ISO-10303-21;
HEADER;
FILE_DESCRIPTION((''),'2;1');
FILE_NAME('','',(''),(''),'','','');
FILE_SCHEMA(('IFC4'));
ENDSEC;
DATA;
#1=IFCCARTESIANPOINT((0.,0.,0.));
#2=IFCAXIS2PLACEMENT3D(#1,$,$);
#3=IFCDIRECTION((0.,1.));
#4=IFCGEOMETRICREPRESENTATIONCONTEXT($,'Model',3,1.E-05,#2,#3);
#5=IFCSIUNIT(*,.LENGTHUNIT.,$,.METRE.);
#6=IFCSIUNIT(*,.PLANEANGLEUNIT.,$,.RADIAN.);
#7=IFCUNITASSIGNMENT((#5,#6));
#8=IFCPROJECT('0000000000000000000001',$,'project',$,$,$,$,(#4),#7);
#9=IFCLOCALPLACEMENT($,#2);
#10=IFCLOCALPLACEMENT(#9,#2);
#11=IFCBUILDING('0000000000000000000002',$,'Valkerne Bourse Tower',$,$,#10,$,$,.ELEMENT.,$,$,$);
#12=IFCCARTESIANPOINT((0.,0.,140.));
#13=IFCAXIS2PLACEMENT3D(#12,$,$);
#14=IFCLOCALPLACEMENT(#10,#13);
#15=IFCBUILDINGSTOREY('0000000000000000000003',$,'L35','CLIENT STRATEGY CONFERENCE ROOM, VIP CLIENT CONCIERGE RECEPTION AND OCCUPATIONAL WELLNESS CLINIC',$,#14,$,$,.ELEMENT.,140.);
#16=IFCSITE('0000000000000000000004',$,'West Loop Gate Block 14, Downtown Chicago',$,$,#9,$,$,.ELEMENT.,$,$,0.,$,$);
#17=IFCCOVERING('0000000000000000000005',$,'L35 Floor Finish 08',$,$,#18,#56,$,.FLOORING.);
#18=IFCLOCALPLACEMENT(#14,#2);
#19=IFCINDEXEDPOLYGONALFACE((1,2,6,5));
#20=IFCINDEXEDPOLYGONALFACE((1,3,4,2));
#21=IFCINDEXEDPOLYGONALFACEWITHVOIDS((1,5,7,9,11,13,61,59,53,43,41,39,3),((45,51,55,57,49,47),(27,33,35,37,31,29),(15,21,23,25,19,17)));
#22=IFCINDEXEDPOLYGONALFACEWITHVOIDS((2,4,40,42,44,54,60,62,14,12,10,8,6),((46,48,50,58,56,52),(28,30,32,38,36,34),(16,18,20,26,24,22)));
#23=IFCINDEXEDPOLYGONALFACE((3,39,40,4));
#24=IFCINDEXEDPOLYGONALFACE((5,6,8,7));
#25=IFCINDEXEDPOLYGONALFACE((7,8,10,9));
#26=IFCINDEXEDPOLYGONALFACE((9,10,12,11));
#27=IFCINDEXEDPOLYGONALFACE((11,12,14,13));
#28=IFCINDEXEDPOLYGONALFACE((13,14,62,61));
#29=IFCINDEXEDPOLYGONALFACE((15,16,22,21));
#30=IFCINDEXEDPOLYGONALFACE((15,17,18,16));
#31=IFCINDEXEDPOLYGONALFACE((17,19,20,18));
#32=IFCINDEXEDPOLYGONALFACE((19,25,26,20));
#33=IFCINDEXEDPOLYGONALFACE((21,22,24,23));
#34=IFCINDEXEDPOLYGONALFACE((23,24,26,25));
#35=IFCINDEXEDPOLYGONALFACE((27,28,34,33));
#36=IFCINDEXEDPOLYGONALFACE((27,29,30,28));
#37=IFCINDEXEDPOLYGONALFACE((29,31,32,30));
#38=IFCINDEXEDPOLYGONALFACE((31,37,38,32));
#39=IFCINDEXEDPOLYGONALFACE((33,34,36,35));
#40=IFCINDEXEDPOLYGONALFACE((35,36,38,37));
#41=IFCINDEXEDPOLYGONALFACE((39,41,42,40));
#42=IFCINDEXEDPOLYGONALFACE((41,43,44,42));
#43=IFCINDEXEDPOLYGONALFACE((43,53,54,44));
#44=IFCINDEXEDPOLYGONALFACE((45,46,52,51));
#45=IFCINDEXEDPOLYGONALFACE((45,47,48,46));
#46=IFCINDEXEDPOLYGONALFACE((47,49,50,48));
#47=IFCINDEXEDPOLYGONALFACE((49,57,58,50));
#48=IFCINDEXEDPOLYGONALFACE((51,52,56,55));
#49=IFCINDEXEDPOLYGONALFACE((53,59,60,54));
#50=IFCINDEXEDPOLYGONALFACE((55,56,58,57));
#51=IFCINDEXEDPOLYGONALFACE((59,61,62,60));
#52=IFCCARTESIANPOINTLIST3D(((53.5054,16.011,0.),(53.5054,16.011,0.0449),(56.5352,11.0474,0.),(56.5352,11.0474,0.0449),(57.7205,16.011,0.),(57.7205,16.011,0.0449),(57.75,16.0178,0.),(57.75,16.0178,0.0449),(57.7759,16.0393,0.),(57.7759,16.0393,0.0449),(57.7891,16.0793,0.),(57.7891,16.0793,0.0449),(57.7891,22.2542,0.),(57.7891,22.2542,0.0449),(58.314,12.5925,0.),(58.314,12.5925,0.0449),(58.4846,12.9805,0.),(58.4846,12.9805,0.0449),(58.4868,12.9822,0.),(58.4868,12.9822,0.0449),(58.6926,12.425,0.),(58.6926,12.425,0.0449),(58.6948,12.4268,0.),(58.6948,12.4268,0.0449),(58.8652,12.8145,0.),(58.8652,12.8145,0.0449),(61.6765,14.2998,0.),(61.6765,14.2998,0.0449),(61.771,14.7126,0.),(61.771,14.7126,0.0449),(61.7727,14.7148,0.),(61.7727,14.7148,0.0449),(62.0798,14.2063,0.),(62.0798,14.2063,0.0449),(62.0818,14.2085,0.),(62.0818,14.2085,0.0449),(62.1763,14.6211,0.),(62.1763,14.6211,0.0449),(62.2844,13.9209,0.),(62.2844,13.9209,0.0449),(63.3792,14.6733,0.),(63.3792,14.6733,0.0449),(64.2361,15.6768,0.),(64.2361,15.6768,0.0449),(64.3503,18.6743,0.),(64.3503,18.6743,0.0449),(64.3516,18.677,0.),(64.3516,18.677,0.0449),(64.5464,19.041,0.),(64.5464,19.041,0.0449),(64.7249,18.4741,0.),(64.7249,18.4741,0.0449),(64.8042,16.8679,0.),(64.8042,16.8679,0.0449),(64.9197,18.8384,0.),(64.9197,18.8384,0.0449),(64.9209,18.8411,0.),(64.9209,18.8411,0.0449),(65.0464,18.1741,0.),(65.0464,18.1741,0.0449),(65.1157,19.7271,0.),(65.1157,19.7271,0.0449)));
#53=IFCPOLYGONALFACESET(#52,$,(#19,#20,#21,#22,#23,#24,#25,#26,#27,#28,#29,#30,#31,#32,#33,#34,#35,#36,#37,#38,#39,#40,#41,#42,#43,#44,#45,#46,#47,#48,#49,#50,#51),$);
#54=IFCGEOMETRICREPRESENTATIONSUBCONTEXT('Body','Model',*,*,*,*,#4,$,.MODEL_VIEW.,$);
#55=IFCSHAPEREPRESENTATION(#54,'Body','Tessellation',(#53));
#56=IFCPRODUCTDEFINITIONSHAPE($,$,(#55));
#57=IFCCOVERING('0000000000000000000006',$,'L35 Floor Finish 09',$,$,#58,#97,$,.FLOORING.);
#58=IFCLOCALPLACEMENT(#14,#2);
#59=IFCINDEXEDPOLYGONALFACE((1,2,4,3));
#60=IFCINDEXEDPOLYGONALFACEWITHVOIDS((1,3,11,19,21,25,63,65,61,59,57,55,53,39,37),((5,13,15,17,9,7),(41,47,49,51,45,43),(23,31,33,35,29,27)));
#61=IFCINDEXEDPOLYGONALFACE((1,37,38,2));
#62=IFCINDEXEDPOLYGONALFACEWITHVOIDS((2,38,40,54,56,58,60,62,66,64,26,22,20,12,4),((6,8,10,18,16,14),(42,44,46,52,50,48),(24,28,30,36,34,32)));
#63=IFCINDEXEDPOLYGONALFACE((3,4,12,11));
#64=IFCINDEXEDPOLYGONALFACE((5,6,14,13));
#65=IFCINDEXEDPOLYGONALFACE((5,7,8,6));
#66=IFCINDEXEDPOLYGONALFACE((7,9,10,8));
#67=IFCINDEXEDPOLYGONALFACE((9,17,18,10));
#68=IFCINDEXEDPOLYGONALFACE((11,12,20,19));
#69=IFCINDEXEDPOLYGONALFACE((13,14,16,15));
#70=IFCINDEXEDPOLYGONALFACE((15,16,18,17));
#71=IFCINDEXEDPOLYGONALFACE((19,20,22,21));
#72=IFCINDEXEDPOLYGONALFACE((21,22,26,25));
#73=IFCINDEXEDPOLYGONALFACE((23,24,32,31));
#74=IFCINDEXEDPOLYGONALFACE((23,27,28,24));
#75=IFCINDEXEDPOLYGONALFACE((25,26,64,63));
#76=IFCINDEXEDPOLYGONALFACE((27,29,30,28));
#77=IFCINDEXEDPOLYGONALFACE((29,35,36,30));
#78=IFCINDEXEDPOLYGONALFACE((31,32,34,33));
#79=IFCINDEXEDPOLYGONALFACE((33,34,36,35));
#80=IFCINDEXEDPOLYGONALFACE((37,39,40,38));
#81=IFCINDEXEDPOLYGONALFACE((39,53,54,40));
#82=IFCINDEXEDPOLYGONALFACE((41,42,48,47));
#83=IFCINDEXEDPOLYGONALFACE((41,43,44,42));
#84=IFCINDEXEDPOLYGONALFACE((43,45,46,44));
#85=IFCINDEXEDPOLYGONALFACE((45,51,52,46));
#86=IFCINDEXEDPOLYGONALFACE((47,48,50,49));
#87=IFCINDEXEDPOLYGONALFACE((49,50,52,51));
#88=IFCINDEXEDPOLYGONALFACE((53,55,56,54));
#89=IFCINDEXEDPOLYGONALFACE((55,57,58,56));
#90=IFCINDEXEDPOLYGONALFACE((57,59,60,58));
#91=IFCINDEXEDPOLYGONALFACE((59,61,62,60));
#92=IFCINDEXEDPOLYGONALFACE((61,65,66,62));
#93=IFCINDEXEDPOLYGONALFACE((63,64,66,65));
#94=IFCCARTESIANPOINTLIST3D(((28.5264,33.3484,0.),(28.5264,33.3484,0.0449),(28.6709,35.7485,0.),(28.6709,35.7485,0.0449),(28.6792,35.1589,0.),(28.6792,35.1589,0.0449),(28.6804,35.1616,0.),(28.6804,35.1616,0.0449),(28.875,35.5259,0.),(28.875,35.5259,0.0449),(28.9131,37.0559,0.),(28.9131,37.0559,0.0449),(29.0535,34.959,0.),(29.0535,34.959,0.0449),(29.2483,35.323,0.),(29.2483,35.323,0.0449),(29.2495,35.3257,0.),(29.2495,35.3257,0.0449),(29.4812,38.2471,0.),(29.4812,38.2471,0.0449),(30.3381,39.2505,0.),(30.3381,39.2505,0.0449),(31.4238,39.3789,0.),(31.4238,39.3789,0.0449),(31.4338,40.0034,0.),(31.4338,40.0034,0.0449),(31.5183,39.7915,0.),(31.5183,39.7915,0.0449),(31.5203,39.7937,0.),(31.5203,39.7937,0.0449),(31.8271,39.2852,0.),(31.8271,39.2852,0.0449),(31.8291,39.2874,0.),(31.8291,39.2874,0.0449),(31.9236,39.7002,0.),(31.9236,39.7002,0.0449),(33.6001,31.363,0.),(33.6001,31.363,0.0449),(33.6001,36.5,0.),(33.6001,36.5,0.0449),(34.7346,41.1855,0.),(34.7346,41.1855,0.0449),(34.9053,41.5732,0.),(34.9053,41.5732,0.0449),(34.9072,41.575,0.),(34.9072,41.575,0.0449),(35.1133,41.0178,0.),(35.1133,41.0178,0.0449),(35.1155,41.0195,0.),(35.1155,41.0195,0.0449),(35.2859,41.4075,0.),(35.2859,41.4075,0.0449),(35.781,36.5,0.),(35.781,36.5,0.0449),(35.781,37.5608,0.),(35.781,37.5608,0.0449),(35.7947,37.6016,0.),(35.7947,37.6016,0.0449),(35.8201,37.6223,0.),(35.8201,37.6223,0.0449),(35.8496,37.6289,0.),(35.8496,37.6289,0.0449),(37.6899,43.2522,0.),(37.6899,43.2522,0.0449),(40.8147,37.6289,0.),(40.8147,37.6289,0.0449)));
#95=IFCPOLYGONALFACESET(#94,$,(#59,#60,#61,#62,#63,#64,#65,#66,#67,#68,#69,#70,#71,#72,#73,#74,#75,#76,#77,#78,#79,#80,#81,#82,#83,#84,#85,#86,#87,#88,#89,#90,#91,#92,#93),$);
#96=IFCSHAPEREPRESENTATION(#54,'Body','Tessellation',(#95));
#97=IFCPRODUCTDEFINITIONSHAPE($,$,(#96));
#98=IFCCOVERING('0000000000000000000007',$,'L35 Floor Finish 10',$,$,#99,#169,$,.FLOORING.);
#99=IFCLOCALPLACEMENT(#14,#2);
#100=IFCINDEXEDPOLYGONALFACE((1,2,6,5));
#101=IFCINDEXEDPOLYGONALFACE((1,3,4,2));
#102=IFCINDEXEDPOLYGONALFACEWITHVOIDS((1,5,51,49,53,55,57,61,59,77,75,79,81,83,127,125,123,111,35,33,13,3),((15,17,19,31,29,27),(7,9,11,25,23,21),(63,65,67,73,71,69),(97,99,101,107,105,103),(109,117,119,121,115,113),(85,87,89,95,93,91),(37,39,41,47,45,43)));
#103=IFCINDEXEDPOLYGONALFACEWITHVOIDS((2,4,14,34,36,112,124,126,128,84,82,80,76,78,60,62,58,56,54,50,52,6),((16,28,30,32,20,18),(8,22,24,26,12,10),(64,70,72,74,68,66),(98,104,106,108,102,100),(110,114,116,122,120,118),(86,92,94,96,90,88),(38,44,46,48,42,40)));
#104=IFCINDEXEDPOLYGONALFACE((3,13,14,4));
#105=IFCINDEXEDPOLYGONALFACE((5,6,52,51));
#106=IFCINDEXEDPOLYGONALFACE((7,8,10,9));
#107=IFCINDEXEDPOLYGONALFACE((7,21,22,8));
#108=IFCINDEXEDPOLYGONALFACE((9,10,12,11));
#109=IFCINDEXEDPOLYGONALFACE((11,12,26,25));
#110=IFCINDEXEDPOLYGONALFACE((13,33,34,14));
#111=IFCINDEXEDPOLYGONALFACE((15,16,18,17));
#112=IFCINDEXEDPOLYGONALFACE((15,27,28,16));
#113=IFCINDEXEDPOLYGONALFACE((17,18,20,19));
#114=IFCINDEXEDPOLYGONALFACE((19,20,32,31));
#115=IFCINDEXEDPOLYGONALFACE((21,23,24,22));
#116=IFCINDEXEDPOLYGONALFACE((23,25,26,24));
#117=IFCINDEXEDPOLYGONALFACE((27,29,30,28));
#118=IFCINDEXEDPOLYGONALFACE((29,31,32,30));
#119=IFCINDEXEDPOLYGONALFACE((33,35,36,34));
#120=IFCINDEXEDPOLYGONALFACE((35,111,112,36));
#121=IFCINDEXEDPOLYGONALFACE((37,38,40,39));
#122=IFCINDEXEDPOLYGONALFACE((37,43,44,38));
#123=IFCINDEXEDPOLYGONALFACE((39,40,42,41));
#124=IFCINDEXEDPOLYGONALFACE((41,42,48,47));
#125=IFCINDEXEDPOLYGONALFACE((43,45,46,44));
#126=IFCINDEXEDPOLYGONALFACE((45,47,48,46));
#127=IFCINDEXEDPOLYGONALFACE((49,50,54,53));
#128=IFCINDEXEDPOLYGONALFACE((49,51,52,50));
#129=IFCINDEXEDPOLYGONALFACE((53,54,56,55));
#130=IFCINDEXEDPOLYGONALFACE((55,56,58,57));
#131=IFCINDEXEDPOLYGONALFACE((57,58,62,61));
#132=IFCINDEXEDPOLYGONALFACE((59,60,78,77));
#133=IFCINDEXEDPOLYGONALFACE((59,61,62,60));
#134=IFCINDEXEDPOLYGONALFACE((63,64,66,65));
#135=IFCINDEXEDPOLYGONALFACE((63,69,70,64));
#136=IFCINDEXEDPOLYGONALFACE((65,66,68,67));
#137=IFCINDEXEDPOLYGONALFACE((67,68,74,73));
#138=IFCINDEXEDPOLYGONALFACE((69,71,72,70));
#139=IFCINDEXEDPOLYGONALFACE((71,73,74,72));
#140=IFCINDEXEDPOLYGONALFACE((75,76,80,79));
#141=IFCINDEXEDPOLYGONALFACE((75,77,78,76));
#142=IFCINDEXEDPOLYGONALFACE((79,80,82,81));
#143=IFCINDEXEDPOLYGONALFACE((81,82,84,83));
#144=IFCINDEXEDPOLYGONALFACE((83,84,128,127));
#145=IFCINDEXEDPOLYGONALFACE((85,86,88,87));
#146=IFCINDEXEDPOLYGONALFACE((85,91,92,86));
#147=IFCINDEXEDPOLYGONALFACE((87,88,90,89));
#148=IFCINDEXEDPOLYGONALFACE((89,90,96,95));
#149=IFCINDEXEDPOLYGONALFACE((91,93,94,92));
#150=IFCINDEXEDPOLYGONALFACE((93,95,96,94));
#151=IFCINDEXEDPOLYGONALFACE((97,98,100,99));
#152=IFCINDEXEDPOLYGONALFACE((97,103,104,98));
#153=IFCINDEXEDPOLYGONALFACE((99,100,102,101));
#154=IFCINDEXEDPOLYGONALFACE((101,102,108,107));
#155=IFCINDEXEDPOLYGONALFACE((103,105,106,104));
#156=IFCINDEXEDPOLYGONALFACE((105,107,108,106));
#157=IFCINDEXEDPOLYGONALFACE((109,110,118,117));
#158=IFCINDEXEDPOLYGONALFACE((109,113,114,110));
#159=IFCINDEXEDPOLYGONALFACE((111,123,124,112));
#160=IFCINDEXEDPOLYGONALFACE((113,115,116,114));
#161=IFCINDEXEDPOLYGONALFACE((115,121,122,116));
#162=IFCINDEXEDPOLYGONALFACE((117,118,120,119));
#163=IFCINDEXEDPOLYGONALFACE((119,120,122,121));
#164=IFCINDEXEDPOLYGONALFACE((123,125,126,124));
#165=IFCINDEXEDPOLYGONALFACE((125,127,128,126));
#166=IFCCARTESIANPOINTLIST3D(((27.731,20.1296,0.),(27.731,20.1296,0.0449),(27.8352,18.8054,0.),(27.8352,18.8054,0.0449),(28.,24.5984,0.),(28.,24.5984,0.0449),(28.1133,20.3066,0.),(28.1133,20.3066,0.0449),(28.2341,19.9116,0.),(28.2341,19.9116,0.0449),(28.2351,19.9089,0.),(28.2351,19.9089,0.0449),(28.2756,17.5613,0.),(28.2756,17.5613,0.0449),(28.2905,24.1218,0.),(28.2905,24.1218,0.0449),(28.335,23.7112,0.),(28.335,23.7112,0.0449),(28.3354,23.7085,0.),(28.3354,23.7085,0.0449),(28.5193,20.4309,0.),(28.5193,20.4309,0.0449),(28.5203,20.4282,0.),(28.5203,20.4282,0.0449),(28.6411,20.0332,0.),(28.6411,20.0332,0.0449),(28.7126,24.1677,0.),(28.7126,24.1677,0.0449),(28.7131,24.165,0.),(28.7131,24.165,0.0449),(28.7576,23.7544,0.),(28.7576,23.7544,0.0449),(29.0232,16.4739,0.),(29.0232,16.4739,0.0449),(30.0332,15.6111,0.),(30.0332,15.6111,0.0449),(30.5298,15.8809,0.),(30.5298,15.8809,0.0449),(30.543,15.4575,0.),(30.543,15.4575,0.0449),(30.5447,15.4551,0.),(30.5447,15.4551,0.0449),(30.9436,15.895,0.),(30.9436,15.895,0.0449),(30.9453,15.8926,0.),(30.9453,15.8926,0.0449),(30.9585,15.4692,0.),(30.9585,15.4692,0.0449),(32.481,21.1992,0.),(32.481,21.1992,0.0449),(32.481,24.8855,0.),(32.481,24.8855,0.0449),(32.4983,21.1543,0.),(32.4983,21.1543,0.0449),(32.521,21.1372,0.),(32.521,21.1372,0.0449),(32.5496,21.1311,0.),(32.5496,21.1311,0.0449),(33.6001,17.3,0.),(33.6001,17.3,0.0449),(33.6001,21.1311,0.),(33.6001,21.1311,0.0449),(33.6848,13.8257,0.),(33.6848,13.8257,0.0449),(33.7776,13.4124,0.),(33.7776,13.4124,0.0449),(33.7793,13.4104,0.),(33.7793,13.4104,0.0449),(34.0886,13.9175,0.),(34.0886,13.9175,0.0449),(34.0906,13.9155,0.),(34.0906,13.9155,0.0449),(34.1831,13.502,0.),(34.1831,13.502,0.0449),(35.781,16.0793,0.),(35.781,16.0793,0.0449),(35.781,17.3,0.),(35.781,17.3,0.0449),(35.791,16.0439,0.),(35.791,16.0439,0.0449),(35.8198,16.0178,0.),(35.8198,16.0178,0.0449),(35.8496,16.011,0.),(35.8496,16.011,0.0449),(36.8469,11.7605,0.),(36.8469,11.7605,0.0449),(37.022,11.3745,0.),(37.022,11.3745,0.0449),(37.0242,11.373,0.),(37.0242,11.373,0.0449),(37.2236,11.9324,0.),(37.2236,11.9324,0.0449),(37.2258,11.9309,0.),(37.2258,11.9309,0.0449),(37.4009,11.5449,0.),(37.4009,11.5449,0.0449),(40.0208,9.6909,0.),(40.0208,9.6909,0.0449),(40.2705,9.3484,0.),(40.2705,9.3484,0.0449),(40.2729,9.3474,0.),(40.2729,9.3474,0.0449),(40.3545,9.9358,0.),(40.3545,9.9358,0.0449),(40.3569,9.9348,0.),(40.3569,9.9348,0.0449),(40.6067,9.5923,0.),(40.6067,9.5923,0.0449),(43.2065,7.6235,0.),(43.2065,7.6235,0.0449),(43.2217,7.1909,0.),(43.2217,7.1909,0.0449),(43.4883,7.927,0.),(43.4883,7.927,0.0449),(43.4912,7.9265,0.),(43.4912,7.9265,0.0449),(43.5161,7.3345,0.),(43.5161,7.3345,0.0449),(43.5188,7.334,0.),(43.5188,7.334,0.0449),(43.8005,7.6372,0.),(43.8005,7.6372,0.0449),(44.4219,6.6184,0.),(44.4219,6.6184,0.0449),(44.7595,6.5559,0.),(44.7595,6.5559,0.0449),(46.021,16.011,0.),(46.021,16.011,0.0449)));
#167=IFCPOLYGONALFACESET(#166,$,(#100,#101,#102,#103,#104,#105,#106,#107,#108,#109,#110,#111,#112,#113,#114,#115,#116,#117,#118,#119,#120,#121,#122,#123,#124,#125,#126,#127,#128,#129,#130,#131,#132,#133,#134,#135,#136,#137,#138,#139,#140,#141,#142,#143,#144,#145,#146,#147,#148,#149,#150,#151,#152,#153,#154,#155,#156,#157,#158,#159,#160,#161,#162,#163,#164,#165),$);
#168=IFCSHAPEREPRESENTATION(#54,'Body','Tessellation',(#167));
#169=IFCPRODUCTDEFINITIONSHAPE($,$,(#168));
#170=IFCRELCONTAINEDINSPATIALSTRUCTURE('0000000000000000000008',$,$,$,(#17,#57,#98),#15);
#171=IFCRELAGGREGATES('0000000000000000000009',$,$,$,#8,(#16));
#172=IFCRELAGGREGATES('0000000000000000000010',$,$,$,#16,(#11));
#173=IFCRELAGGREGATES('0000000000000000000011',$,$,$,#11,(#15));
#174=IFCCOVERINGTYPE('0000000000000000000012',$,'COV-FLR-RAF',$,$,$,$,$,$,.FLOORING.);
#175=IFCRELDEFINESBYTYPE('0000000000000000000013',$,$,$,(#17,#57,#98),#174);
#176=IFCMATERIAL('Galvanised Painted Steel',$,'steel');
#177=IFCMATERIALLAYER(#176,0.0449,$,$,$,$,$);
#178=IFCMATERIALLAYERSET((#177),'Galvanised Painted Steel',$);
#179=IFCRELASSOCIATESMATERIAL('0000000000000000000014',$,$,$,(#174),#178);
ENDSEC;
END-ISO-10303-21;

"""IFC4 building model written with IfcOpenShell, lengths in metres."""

from ifc_helpers import new_model, si_unit, direction, frame, origin, place, context, subcontext, project, spatial, polyline, outline, extrude, material, layer, layer_set, type_object, element, save


model = new_model("IFC4")

# Units and contexts
model_context = context("Model", 3, precision=1e-05, world=origin(), true_north=direction((0.0, 1.0)))
body_context = subcontext(model_context, "Body", "Model", "MODEL_VIEW")
ifc_project = project(units=[si_unit("LENGTHUNIT", "METRE"), si_unit("PLANEANGLEUNIT", "RADIAN")], contexts=[model_context])

# Site, building, storey
site_placement = place(None, origin())
site = spatial("IfcSite", under=ifc_project, at=site_placement, Name="West Loop Gate Block 14, Downtown Chicago", CompositionType="ELEMENT", RefElevation=0.0)
building_placement = place(site_placement, origin())
building = spatial("IfcBuilding", under=site, at=building_placement, Name="Valkerne Bourse Tower", CompositionType="ELEMENT")
storey_placement = place(building_placement, frame((0.0, 0.0, 140.0)))
storey = spatial("IfcBuildingStorey", under=building, at=storey_placement, Name="L35", Description="CLIENT STRATEGY CONFERENCE ROOM, VIP CLIENT CONCIERGE RECEPTION AND OCCUPATIONAL WELLNESS CLINIC", CompositionType="ELEMENT", Elevation=140.0)

# Coverings
ifc_material_1 = material(Name="Galvanised Painted Steel", Category="steel")
ifc_layer_1 = layer(ifc_material_1, 0.0449)
ifc_layer_set_1 = layer_set([ifc_layer_1], Name="Galvanised Painted Steel")
covering_type_1 = type_object("IfcCoveringType", Name="COV-FLR-RAF", PredefinedType="FLOORING", material=ifc_layer_set_1)
covering_1_placement = place(storey_placement, origin())
element("IfcCovering", 1, at=covering_1_placement, inside=storey, type_object=covering_type_1, Name="L35 Floor Finish 08", PredefinedType="FLOORING", context=body_context, shape_type="SweptSolid", body=[
    extrude(outline(polyline([(63.3792, 14.6733), (62.2844, 13.9209), (56.5352, 11.0474), (53.5054, 16.011), (57.7205, 16.011), (57.75, 16.0178), (57.7759, 16.0393), (57.7891, 16.0793), (57.7891, 22.2542), (65.1157, 19.7271), (65.0464, 18.1741), (64.8042, 16.8679), (64.2361, 15.6768), (63.3792, 14.6733)]), holes=[polyline([(58.6948, 12.4268), (58.8652, 12.8145), (58.4868, 12.9822), (58.4846, 12.9805), (58.314, 12.5925), (58.6926, 12.425), (58.6948, 12.4268)]), polyline([(62.1763, 14.6211), (61.7727, 14.7148), (61.771, 14.7126), (61.6765, 14.2998), (62.0798, 14.2063), (62.0818, 14.2085), (62.1763, 14.6211)]), polyline([(64.9209, 18.8411), (64.5464, 19.041), (64.3516, 18.677), (64.3503, 18.6743), (64.7249, 18.4741), (64.9197, 18.8384), (64.9209, 18.8411)])]), origin(), (0.0, 0.0, 1.0), 0.0449),
])
covering_2_placement = place(storey_placement, origin())
element("IfcCovering", 2, at=covering_2_placement, inside=storey, type_object=covering_type_1, Name="L35 Floor Finish 09", PredefinedType="FLOORING", context=body_context, shape_type="SweptSolid", body=[
    extrude(outline(polyline([(29.4812, 38.2471), (30.3381, 39.2505), (31.4338, 40.0034), (37.6899, 43.2522), (40.8147, 37.6289), (35.8496, 37.6289), (35.8201, 37.6223), (35.7947, 37.6016), (35.781, 37.5608), (35.781, 36.5), (33.6001, 36.5), (33.6001, 31.363), (28.5264, 33.3484), (28.6709, 35.7485), (28.9131, 37.0559), (29.4812, 38.2471)]), holes=[polyline([(29.2495, 35.3257), (28.875, 35.5259), (28.6804, 35.1616), (28.6792, 35.1589), (29.0535, 34.959), (29.2483, 35.323), (29.2495, 35.3257)]), polyline([(31.9236, 39.7002), (31.5203, 39.7937), (31.5183, 39.7915), (31.4238, 39.3789), (31.8271, 39.2852), (31.8291, 39.2874), (31.9236, 39.7002)]), polyline([(35.2859, 41.4075), (34.9072, 41.575), (34.9053, 41.5732), (34.7346, 41.1855), (35.1133, 41.0178), (35.1155, 41.0195), (35.2859, 41.4075)])]), origin(), (0.0, 0.0, 1.0), 0.0449),
])
covering_3_placement = place(storey_placement, origin())
element("IfcCovering", 3, at=covering_3_placement, inside=storey, type_object=covering_type_1, Name="L35 Floor Finish 10", PredefinedType="FLOORING", context=body_context, shape_type="SweptSolid", body=[
    extrude(outline(polyline([(30.0332, 15.6111), (29.0232, 16.4739), (28.2756, 17.5613), (27.8352, 18.8054), (27.731, 20.1296), (28.0, 24.5984), (32.481, 24.8855), (32.481, 21.1992), (32.4983, 21.1543), (32.521, 21.1372), (32.5496, 21.1311), (33.6001, 21.1311), (33.6001, 17.3), (35.781, 17.3), (35.781, 16.0793), (35.791, 16.0439), (35.8198, 16.0178), (35.8496, 16.011), (46.021, 16.011), (44.7595, 6.5559), (44.4219, 6.6184), (43.2217, 7.1909), (30.0332, 15.6111)]), holes=[polyline([(37.2258, 11.9309), (37.2236, 11.9324), (36.8469, 11.7605), (37.022, 11.3745), (37.0242, 11.373), (37.4009, 11.5449), (37.2258, 11.9309)]), polyline([(34.0906, 13.9155), (34.0886, 13.9175), (33.6848, 13.8257), (33.7776, 13.4124), (33.7793, 13.4104), (34.1831, 13.502), (34.0906, 13.9155)]), polyline([(30.9585, 15.4692), (30.9453, 15.8926), (30.9436, 15.895), (30.5298, 15.8809), (30.543, 15.4575), (30.5447, 15.4551), (30.9585, 15.4692)]), polyline([(28.6411, 20.0332), (28.5203, 20.4282), (28.5193, 20.4309), (28.1133, 20.3066), (28.2341, 19.9116), (28.2351, 19.9089), (28.6411, 20.0332)]), polyline([(28.7131, 24.165), (28.7126, 24.1677), (28.2905, 24.1218), (28.335, 23.7112), (28.3354, 23.7085), (28.7576, 23.7544), (28.7131, 24.165)]), polyline([(43.4912, 7.9265), (43.4883, 7.927), (43.2065, 7.6235), (43.5161, 7.3345), (43.5188, 7.334), (43.8005, 7.6372), (43.4912, 7.9265)]), polyline([(40.3569, 9.9348), (40.3545, 9.9358), (40.0208, 9.6909), (40.2705, 9.3484), (40.2729, 9.3474), (40.6067, 9.5923), (40.3569, 9.9348)])]), origin(), (0.0, 0.0, 1.0), 0.0449),
])

save(model, "model.ifc")
